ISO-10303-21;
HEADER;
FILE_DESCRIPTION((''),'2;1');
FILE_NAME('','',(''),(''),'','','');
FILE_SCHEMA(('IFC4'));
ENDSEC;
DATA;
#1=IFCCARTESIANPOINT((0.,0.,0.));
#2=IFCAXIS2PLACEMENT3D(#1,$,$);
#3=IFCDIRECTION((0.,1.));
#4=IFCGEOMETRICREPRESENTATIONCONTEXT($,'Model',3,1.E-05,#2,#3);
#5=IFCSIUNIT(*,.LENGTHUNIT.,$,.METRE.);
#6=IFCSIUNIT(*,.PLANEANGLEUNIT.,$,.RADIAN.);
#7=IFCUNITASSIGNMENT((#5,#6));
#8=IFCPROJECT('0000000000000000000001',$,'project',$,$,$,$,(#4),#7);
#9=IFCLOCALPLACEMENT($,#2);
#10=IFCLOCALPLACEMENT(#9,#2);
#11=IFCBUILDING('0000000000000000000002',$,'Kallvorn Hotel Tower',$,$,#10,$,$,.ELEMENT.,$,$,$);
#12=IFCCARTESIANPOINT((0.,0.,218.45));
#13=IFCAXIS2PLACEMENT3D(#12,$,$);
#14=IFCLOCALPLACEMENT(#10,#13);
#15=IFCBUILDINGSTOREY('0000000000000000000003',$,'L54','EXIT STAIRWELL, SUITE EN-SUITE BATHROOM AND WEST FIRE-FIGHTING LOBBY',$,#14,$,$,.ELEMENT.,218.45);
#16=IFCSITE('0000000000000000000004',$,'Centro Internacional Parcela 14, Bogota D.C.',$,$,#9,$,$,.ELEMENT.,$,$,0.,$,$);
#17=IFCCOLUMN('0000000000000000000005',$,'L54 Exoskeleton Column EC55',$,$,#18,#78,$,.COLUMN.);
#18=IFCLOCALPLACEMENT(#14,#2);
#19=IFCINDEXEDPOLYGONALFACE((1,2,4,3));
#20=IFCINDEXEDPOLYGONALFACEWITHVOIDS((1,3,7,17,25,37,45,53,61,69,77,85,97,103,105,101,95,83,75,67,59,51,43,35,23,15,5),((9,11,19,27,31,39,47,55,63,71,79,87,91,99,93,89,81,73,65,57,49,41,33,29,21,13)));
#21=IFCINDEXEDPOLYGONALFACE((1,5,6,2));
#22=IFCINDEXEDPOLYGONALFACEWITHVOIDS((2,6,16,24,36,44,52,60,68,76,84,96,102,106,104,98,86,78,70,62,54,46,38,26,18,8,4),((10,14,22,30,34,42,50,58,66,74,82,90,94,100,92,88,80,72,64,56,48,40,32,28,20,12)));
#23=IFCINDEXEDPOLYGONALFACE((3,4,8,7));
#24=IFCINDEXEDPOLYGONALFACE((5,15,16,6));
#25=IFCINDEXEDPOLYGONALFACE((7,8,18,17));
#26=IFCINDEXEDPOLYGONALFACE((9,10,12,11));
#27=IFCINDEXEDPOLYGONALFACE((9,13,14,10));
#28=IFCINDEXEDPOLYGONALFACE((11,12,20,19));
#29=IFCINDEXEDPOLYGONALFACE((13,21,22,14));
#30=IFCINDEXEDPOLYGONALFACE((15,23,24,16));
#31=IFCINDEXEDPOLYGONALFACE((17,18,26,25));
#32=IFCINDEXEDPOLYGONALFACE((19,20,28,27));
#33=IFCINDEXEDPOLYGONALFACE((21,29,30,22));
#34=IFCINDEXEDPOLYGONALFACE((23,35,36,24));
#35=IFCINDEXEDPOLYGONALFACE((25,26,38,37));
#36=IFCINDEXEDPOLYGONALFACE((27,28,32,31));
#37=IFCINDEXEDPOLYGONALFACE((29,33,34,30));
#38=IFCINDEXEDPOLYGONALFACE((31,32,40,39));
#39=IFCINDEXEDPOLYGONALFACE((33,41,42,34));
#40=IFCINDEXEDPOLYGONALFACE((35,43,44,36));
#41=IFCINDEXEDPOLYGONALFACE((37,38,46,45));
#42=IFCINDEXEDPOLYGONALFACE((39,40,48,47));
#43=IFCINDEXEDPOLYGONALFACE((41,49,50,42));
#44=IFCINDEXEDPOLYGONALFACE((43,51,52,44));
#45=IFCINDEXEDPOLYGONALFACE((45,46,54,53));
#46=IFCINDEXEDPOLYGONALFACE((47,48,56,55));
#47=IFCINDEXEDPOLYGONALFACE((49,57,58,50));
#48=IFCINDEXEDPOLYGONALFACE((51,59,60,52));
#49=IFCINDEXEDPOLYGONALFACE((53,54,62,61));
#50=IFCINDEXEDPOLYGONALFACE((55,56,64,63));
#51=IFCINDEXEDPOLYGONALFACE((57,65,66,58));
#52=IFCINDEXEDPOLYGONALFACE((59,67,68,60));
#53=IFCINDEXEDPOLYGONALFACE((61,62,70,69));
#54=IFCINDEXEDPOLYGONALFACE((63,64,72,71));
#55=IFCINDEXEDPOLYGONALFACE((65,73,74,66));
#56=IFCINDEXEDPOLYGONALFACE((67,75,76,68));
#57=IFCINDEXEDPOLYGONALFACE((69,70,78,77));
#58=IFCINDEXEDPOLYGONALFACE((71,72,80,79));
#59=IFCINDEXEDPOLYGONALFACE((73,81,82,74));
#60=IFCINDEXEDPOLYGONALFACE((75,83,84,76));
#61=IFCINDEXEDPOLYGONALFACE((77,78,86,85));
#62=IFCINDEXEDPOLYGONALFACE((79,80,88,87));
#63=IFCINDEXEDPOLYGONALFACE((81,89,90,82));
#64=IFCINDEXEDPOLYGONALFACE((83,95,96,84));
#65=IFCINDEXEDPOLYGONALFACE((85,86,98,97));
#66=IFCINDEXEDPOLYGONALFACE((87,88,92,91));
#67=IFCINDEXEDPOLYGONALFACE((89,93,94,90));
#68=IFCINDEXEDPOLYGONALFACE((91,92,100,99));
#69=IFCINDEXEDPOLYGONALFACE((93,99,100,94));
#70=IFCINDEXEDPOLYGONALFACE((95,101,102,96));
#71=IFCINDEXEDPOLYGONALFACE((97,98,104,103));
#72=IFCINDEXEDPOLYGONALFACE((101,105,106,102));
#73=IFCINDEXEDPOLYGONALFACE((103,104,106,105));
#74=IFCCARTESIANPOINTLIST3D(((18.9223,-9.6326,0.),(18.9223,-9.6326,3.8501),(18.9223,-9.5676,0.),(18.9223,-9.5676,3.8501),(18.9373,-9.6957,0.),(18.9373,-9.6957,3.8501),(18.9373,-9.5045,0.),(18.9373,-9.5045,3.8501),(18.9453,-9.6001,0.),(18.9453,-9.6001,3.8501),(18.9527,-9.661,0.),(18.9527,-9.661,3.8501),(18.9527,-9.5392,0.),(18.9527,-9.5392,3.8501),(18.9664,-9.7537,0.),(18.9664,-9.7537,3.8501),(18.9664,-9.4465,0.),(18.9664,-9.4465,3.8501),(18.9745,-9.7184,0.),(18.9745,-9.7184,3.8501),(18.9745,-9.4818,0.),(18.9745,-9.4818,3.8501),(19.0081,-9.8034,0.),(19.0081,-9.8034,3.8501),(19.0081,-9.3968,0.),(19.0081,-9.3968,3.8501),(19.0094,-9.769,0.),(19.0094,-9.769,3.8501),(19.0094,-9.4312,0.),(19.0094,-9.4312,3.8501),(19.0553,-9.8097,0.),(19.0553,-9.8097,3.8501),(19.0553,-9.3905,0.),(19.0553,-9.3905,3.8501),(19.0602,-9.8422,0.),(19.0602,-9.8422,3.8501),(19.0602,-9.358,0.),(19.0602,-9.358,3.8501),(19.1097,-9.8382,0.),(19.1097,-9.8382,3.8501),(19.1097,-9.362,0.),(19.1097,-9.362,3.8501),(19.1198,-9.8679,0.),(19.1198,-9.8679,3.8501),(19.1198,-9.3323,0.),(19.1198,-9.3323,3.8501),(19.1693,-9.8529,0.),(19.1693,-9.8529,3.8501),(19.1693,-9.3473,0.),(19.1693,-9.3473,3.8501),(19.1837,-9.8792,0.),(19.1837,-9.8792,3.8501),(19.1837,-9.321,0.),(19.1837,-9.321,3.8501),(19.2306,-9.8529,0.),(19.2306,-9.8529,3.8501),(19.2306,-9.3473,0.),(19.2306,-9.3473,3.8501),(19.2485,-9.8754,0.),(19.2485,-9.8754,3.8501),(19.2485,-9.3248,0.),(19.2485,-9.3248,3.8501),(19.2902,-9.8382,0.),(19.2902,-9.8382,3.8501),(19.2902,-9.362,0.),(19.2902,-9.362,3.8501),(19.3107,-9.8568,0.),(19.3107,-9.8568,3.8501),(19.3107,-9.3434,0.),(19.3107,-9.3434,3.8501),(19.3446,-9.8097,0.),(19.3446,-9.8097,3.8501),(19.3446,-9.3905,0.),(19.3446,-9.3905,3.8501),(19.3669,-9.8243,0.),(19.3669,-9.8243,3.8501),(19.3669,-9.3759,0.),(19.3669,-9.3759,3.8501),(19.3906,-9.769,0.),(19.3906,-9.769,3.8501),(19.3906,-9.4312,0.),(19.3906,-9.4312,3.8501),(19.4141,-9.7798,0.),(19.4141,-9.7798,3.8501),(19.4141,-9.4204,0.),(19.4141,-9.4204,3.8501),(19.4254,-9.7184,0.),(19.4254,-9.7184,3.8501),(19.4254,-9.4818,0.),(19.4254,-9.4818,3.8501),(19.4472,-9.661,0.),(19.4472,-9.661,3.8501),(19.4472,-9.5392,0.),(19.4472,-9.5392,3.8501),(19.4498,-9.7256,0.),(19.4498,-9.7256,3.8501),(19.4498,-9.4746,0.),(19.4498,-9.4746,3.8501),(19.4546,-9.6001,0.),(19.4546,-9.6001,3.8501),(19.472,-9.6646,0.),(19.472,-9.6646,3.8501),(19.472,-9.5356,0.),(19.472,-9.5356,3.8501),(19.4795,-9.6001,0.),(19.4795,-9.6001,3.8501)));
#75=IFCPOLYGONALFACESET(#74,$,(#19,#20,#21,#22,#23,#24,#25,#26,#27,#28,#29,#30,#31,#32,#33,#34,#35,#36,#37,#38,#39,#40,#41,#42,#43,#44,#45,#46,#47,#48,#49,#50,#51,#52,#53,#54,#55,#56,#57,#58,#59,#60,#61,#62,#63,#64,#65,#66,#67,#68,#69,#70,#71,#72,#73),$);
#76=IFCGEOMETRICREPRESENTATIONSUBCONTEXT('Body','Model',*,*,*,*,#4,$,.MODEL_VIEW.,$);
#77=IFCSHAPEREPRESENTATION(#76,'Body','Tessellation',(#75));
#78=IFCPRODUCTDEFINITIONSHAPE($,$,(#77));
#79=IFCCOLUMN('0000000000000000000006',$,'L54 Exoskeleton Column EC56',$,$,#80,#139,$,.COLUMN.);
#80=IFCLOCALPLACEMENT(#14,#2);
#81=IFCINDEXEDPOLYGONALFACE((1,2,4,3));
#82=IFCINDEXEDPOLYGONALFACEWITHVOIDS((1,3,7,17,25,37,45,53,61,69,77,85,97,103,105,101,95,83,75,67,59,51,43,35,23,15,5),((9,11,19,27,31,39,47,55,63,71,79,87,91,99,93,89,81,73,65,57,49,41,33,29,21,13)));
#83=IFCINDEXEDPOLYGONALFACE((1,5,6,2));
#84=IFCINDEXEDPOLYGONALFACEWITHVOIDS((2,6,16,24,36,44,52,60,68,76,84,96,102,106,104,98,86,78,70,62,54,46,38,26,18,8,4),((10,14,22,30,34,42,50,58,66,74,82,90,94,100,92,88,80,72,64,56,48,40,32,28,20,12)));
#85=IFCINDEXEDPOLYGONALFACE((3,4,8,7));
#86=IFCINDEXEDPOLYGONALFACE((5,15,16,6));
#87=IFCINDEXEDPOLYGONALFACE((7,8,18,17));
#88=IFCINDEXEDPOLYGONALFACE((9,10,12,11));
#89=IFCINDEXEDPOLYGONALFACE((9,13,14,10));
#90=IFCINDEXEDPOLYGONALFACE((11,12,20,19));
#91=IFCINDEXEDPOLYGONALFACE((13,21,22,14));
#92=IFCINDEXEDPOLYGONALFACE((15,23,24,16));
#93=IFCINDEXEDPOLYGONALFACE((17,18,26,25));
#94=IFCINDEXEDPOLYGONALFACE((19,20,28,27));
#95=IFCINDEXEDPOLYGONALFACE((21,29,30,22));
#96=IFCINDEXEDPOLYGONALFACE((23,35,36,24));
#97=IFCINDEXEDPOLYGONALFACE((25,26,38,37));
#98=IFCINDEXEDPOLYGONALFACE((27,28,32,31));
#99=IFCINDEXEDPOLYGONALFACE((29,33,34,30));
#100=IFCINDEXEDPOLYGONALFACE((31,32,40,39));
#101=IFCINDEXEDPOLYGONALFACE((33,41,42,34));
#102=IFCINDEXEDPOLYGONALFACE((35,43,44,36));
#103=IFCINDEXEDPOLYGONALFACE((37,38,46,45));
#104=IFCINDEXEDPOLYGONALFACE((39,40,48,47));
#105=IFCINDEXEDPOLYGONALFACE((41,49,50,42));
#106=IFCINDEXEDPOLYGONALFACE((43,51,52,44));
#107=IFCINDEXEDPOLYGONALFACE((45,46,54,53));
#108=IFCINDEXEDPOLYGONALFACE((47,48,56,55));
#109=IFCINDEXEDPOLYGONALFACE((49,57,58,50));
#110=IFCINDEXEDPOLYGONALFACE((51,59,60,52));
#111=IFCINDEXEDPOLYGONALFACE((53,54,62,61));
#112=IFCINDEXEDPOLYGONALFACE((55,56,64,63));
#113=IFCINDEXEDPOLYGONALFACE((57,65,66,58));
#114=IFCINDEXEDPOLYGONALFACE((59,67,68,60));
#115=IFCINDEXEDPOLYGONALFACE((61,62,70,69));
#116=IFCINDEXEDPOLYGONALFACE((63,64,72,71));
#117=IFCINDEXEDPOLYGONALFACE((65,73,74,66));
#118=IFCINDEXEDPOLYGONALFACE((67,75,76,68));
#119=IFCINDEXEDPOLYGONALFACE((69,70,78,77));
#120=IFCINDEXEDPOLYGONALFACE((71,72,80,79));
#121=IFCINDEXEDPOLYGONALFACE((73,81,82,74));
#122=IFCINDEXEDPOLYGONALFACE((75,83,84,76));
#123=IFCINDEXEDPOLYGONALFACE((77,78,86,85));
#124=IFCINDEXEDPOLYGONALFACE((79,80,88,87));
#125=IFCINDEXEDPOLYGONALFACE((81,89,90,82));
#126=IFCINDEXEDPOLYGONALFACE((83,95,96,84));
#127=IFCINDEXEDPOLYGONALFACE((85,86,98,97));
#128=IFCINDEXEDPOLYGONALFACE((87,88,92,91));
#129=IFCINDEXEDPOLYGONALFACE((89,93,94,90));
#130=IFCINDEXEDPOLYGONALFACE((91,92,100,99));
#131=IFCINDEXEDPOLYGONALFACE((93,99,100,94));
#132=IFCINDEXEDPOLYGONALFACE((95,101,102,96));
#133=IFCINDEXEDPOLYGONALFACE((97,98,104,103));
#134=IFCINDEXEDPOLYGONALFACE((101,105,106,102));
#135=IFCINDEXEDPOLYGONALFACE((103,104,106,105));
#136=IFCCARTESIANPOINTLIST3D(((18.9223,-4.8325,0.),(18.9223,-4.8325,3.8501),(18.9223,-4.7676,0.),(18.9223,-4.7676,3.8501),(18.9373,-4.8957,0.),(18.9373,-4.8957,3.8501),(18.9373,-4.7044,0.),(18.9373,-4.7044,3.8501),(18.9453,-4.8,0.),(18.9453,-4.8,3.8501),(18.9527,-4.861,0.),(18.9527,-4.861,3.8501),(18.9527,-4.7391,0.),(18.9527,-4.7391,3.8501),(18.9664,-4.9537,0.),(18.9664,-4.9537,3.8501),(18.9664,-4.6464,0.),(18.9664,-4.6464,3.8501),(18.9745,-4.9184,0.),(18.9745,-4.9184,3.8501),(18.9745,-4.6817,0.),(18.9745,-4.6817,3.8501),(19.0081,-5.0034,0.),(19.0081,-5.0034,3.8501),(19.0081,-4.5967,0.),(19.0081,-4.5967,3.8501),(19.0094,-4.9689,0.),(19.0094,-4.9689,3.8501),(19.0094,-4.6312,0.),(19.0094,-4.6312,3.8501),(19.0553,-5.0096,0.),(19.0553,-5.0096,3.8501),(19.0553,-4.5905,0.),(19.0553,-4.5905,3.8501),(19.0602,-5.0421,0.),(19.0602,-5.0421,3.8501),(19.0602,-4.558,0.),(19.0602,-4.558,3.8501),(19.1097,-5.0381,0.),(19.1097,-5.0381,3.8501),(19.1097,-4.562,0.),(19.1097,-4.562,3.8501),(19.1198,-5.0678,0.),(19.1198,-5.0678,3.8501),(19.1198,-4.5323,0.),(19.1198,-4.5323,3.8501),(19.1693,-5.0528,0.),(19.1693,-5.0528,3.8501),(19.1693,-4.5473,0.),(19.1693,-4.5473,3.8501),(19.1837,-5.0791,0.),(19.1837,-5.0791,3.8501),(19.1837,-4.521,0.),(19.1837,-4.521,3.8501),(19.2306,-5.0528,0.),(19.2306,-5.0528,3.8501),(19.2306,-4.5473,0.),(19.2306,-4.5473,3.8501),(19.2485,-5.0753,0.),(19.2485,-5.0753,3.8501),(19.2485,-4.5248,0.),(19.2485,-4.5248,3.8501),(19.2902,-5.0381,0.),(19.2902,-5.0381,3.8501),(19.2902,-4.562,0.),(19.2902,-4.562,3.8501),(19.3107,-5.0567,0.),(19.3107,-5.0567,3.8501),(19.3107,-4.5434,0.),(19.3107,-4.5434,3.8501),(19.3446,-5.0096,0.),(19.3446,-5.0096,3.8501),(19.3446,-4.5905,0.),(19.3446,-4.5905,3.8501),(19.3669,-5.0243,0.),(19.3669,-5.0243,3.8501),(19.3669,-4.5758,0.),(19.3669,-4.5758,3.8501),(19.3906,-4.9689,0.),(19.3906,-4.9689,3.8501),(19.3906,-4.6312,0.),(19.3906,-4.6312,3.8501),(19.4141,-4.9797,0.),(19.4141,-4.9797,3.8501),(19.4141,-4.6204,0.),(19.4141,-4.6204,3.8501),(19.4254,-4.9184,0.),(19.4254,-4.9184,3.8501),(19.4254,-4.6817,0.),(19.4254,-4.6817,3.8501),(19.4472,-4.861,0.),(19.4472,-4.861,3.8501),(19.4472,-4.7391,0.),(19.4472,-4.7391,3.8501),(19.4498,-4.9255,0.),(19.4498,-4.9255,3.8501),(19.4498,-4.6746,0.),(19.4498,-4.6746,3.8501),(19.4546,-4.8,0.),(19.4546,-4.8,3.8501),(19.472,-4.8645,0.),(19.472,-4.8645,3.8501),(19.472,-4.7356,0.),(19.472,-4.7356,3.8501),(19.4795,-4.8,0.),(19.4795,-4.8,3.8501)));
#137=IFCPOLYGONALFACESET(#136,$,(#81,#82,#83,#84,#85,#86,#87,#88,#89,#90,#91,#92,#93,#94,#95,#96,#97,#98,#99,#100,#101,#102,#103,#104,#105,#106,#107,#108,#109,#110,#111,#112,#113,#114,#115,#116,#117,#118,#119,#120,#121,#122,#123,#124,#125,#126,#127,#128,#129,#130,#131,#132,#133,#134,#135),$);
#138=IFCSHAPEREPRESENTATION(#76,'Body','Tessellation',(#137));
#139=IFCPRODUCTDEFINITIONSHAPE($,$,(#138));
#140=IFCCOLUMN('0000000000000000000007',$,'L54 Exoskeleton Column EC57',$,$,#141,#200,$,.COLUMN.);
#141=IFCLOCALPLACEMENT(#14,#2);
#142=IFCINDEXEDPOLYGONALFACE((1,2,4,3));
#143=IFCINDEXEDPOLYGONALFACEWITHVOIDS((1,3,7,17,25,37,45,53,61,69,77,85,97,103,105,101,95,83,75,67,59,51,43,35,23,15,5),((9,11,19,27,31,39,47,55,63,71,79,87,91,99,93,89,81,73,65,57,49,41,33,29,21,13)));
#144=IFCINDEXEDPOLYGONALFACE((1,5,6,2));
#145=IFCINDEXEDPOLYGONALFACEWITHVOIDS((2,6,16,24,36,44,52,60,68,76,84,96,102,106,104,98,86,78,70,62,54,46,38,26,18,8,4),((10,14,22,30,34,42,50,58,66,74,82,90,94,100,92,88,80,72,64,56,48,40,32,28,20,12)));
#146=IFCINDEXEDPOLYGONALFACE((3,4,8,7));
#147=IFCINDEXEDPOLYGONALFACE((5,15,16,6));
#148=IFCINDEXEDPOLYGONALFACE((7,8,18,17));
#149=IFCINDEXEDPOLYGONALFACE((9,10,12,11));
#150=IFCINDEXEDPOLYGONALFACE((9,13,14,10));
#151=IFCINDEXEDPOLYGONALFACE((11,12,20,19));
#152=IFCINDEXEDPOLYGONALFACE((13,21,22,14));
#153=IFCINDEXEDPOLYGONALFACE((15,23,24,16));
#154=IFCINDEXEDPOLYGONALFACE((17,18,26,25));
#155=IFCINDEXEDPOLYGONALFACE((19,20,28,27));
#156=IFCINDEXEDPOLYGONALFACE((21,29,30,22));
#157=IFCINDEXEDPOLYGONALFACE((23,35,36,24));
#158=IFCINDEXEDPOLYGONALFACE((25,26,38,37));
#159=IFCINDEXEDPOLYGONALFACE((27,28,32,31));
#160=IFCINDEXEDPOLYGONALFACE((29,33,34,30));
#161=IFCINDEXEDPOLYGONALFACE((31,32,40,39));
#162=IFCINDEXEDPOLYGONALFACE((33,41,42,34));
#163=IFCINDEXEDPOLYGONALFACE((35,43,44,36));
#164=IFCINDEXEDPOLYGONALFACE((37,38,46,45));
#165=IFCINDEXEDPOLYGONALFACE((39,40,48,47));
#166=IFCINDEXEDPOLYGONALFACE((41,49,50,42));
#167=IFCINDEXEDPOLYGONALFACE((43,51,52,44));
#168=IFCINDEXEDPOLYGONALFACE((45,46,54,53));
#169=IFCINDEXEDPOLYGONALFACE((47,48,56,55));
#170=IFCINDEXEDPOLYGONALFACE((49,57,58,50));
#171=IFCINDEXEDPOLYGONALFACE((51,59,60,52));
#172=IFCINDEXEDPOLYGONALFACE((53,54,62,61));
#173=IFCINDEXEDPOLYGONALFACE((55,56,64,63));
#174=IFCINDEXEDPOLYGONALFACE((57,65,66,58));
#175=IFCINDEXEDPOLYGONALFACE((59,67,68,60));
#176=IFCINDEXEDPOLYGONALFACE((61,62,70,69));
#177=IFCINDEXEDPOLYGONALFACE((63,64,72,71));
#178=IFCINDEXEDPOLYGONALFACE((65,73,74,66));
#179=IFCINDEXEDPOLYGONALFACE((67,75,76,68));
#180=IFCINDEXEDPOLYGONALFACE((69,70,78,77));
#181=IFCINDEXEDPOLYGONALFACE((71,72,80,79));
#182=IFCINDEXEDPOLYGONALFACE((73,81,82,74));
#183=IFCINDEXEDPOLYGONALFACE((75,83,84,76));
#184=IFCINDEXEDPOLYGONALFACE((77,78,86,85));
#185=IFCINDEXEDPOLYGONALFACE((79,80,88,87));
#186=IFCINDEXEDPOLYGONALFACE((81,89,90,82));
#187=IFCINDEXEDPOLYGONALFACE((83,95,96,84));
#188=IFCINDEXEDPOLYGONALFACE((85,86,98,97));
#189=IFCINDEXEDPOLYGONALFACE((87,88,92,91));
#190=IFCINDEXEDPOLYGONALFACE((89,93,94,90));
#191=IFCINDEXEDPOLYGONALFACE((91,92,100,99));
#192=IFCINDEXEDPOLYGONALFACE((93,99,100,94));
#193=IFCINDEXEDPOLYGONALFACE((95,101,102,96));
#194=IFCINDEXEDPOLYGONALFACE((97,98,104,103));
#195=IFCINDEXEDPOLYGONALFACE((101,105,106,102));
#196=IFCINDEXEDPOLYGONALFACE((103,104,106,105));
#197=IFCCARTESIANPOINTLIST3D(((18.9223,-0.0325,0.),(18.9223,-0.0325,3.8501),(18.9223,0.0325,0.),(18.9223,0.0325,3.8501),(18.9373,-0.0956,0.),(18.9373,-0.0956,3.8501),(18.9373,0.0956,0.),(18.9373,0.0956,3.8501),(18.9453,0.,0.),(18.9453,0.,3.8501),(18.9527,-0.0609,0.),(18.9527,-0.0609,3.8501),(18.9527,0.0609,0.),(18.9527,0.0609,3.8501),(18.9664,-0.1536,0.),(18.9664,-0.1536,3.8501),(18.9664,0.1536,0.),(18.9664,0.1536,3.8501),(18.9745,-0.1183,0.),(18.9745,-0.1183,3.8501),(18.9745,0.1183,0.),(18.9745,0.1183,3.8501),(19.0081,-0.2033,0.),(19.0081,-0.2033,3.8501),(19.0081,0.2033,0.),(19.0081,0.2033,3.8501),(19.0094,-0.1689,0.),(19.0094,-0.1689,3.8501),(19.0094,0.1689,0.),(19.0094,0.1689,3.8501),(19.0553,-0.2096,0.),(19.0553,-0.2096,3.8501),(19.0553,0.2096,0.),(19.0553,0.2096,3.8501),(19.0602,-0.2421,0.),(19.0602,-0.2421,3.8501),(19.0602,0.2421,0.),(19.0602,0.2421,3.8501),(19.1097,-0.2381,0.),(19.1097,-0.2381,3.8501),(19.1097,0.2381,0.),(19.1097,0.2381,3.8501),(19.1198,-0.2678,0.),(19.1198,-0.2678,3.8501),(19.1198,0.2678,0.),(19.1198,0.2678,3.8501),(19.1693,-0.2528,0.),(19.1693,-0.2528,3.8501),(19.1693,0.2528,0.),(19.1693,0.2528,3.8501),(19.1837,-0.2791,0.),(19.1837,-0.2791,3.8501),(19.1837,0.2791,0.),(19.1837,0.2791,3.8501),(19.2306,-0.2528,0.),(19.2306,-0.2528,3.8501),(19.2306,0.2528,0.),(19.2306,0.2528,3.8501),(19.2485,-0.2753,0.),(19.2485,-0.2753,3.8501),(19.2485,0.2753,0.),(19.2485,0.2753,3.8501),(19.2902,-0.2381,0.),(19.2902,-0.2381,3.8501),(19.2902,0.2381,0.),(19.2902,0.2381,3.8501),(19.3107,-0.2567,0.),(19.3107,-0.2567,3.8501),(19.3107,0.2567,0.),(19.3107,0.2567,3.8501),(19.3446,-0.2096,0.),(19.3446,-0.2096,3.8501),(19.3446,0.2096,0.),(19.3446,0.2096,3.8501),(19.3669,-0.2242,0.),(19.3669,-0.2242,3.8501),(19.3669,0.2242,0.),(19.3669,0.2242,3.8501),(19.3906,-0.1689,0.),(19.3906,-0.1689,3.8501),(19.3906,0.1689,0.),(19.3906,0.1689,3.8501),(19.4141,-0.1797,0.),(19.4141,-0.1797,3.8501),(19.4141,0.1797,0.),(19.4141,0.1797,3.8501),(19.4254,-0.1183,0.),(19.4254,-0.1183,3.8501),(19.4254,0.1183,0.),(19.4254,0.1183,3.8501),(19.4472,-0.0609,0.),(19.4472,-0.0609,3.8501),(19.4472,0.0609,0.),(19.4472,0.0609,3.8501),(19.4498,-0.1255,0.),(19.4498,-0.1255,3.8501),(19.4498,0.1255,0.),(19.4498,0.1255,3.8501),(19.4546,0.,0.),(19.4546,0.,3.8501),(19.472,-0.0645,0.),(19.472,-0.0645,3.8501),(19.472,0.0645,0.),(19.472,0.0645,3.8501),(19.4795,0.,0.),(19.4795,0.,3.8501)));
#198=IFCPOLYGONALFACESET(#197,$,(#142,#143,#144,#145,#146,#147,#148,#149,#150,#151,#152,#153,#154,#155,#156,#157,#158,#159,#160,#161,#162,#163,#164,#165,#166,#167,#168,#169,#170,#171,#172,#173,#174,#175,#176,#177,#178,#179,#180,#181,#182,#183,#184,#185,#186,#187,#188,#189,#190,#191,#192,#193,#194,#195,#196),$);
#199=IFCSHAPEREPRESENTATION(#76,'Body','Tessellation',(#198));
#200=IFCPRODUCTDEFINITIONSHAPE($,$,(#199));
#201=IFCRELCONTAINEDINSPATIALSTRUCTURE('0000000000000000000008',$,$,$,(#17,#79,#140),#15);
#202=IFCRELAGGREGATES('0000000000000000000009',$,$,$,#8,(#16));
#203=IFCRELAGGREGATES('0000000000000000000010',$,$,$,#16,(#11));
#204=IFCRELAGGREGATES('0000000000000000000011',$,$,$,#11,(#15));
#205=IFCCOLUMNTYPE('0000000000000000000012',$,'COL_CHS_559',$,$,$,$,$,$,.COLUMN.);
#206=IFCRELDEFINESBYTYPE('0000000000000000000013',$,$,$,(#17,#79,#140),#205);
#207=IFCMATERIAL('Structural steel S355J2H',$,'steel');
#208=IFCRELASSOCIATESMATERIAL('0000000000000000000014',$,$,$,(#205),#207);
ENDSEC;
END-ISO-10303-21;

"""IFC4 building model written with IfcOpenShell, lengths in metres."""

from ifc_helpers import new_model, si_unit, direction, frame, origin, origin_2d, place, context, subcontext, project, spatial, hollow_circle, extrude, material, material_profile, profile_set, type_object, element, save


model = new_model("IFC4")

# Units and contexts
model_context = context("Model", 3, precision=1e-05, world=origin(), true_north=direction((0.0, 1.0)))
body_context = subcontext(model_context, "Body", "Model", "MODEL_VIEW")
ifc_project = project(units=[si_unit("LENGTHUNIT", "METRE"), si_unit("PLANEANGLEUNIT", "RADIAN")], contexts=[model_context])

# Site, building, storey
site_placement = place(None, origin())
site = spatial("IfcSite", under=ifc_project, at=site_placement, Name="Centro Internacional Parcela 14, Bogota D.C.", CompositionType="ELEMENT", RefElevation=0.0)
building_placement = place(site_placement, origin())
building = spatial("IfcBuilding", under=site, at=building_placement, Name="Kallvorn Hotel Tower", CompositionType="ELEMENT")
storey_placement = place(building_placement, frame((0.0, 0.0, 218.45)))
storey = spatial("IfcBuildingStorey", under=building, at=storey_placement, Name="L54", Description="EXIT STAIRWELL, SUITE EN-SUITE BATHROOM AND WEST FIRE-FIGHTING LOBBY", CompositionType="ELEMENT", Elevation=218.45)

# Columns
ifc_material_1 = material(Name="Structural steel S355J2H", Category="steel")
ifc_material_profile_1 = material_profile(ifc_material_1, hollow_circle(Radius=0.2795, WallThickness=0.0249, at=origin_2d()), Name="CHS 559x25")
ifc_profile_set_1 = profile_set([ifc_material_profile_1], Name="Structural steel S355J2H")
column_type_1 = type_object("IfcColumnType", Name="COL_CHS_559", PredefinedType="COLUMN", material=ifc_profile_set_1)
for number, where, z_axis, x_axis, name in (
    (1, (19.2, -9.6001, 0.0), (0.0, 0.0, 1.0), (1.0, 0.0, 0.0), "L54 Exoskeleton Column EC55"),
    (2, (19.2, -4.8, 0.0), (0.0, 0.0, 1.0), (1.0, 0.0, 0.0), "L54 Exoskeleton Column EC56"),
    (3, (19.2, 0.0, 0.0), (0.0, 0.0, 1.0), (1.0, 0.0, 0.0), "L54 Exoskeleton Column EC57"),
):
    element("IfcColumn", number, at=place(storey_placement, frame(where, z_axis=z_axis, x_axis=x_axis)), inside=storey, type_object=column_type_1, Name=name, PredefinedType="COLUMN", context=body_context, shape_type="SweptSolid", body=[
        extrude(hollow_circle(Radius=0.2795, WallThickness=0.0249, at=origin_2d()), origin(), (0.0, 0.0, 1.0), 3.8501),
    ])

save(model, "model.ifc")
